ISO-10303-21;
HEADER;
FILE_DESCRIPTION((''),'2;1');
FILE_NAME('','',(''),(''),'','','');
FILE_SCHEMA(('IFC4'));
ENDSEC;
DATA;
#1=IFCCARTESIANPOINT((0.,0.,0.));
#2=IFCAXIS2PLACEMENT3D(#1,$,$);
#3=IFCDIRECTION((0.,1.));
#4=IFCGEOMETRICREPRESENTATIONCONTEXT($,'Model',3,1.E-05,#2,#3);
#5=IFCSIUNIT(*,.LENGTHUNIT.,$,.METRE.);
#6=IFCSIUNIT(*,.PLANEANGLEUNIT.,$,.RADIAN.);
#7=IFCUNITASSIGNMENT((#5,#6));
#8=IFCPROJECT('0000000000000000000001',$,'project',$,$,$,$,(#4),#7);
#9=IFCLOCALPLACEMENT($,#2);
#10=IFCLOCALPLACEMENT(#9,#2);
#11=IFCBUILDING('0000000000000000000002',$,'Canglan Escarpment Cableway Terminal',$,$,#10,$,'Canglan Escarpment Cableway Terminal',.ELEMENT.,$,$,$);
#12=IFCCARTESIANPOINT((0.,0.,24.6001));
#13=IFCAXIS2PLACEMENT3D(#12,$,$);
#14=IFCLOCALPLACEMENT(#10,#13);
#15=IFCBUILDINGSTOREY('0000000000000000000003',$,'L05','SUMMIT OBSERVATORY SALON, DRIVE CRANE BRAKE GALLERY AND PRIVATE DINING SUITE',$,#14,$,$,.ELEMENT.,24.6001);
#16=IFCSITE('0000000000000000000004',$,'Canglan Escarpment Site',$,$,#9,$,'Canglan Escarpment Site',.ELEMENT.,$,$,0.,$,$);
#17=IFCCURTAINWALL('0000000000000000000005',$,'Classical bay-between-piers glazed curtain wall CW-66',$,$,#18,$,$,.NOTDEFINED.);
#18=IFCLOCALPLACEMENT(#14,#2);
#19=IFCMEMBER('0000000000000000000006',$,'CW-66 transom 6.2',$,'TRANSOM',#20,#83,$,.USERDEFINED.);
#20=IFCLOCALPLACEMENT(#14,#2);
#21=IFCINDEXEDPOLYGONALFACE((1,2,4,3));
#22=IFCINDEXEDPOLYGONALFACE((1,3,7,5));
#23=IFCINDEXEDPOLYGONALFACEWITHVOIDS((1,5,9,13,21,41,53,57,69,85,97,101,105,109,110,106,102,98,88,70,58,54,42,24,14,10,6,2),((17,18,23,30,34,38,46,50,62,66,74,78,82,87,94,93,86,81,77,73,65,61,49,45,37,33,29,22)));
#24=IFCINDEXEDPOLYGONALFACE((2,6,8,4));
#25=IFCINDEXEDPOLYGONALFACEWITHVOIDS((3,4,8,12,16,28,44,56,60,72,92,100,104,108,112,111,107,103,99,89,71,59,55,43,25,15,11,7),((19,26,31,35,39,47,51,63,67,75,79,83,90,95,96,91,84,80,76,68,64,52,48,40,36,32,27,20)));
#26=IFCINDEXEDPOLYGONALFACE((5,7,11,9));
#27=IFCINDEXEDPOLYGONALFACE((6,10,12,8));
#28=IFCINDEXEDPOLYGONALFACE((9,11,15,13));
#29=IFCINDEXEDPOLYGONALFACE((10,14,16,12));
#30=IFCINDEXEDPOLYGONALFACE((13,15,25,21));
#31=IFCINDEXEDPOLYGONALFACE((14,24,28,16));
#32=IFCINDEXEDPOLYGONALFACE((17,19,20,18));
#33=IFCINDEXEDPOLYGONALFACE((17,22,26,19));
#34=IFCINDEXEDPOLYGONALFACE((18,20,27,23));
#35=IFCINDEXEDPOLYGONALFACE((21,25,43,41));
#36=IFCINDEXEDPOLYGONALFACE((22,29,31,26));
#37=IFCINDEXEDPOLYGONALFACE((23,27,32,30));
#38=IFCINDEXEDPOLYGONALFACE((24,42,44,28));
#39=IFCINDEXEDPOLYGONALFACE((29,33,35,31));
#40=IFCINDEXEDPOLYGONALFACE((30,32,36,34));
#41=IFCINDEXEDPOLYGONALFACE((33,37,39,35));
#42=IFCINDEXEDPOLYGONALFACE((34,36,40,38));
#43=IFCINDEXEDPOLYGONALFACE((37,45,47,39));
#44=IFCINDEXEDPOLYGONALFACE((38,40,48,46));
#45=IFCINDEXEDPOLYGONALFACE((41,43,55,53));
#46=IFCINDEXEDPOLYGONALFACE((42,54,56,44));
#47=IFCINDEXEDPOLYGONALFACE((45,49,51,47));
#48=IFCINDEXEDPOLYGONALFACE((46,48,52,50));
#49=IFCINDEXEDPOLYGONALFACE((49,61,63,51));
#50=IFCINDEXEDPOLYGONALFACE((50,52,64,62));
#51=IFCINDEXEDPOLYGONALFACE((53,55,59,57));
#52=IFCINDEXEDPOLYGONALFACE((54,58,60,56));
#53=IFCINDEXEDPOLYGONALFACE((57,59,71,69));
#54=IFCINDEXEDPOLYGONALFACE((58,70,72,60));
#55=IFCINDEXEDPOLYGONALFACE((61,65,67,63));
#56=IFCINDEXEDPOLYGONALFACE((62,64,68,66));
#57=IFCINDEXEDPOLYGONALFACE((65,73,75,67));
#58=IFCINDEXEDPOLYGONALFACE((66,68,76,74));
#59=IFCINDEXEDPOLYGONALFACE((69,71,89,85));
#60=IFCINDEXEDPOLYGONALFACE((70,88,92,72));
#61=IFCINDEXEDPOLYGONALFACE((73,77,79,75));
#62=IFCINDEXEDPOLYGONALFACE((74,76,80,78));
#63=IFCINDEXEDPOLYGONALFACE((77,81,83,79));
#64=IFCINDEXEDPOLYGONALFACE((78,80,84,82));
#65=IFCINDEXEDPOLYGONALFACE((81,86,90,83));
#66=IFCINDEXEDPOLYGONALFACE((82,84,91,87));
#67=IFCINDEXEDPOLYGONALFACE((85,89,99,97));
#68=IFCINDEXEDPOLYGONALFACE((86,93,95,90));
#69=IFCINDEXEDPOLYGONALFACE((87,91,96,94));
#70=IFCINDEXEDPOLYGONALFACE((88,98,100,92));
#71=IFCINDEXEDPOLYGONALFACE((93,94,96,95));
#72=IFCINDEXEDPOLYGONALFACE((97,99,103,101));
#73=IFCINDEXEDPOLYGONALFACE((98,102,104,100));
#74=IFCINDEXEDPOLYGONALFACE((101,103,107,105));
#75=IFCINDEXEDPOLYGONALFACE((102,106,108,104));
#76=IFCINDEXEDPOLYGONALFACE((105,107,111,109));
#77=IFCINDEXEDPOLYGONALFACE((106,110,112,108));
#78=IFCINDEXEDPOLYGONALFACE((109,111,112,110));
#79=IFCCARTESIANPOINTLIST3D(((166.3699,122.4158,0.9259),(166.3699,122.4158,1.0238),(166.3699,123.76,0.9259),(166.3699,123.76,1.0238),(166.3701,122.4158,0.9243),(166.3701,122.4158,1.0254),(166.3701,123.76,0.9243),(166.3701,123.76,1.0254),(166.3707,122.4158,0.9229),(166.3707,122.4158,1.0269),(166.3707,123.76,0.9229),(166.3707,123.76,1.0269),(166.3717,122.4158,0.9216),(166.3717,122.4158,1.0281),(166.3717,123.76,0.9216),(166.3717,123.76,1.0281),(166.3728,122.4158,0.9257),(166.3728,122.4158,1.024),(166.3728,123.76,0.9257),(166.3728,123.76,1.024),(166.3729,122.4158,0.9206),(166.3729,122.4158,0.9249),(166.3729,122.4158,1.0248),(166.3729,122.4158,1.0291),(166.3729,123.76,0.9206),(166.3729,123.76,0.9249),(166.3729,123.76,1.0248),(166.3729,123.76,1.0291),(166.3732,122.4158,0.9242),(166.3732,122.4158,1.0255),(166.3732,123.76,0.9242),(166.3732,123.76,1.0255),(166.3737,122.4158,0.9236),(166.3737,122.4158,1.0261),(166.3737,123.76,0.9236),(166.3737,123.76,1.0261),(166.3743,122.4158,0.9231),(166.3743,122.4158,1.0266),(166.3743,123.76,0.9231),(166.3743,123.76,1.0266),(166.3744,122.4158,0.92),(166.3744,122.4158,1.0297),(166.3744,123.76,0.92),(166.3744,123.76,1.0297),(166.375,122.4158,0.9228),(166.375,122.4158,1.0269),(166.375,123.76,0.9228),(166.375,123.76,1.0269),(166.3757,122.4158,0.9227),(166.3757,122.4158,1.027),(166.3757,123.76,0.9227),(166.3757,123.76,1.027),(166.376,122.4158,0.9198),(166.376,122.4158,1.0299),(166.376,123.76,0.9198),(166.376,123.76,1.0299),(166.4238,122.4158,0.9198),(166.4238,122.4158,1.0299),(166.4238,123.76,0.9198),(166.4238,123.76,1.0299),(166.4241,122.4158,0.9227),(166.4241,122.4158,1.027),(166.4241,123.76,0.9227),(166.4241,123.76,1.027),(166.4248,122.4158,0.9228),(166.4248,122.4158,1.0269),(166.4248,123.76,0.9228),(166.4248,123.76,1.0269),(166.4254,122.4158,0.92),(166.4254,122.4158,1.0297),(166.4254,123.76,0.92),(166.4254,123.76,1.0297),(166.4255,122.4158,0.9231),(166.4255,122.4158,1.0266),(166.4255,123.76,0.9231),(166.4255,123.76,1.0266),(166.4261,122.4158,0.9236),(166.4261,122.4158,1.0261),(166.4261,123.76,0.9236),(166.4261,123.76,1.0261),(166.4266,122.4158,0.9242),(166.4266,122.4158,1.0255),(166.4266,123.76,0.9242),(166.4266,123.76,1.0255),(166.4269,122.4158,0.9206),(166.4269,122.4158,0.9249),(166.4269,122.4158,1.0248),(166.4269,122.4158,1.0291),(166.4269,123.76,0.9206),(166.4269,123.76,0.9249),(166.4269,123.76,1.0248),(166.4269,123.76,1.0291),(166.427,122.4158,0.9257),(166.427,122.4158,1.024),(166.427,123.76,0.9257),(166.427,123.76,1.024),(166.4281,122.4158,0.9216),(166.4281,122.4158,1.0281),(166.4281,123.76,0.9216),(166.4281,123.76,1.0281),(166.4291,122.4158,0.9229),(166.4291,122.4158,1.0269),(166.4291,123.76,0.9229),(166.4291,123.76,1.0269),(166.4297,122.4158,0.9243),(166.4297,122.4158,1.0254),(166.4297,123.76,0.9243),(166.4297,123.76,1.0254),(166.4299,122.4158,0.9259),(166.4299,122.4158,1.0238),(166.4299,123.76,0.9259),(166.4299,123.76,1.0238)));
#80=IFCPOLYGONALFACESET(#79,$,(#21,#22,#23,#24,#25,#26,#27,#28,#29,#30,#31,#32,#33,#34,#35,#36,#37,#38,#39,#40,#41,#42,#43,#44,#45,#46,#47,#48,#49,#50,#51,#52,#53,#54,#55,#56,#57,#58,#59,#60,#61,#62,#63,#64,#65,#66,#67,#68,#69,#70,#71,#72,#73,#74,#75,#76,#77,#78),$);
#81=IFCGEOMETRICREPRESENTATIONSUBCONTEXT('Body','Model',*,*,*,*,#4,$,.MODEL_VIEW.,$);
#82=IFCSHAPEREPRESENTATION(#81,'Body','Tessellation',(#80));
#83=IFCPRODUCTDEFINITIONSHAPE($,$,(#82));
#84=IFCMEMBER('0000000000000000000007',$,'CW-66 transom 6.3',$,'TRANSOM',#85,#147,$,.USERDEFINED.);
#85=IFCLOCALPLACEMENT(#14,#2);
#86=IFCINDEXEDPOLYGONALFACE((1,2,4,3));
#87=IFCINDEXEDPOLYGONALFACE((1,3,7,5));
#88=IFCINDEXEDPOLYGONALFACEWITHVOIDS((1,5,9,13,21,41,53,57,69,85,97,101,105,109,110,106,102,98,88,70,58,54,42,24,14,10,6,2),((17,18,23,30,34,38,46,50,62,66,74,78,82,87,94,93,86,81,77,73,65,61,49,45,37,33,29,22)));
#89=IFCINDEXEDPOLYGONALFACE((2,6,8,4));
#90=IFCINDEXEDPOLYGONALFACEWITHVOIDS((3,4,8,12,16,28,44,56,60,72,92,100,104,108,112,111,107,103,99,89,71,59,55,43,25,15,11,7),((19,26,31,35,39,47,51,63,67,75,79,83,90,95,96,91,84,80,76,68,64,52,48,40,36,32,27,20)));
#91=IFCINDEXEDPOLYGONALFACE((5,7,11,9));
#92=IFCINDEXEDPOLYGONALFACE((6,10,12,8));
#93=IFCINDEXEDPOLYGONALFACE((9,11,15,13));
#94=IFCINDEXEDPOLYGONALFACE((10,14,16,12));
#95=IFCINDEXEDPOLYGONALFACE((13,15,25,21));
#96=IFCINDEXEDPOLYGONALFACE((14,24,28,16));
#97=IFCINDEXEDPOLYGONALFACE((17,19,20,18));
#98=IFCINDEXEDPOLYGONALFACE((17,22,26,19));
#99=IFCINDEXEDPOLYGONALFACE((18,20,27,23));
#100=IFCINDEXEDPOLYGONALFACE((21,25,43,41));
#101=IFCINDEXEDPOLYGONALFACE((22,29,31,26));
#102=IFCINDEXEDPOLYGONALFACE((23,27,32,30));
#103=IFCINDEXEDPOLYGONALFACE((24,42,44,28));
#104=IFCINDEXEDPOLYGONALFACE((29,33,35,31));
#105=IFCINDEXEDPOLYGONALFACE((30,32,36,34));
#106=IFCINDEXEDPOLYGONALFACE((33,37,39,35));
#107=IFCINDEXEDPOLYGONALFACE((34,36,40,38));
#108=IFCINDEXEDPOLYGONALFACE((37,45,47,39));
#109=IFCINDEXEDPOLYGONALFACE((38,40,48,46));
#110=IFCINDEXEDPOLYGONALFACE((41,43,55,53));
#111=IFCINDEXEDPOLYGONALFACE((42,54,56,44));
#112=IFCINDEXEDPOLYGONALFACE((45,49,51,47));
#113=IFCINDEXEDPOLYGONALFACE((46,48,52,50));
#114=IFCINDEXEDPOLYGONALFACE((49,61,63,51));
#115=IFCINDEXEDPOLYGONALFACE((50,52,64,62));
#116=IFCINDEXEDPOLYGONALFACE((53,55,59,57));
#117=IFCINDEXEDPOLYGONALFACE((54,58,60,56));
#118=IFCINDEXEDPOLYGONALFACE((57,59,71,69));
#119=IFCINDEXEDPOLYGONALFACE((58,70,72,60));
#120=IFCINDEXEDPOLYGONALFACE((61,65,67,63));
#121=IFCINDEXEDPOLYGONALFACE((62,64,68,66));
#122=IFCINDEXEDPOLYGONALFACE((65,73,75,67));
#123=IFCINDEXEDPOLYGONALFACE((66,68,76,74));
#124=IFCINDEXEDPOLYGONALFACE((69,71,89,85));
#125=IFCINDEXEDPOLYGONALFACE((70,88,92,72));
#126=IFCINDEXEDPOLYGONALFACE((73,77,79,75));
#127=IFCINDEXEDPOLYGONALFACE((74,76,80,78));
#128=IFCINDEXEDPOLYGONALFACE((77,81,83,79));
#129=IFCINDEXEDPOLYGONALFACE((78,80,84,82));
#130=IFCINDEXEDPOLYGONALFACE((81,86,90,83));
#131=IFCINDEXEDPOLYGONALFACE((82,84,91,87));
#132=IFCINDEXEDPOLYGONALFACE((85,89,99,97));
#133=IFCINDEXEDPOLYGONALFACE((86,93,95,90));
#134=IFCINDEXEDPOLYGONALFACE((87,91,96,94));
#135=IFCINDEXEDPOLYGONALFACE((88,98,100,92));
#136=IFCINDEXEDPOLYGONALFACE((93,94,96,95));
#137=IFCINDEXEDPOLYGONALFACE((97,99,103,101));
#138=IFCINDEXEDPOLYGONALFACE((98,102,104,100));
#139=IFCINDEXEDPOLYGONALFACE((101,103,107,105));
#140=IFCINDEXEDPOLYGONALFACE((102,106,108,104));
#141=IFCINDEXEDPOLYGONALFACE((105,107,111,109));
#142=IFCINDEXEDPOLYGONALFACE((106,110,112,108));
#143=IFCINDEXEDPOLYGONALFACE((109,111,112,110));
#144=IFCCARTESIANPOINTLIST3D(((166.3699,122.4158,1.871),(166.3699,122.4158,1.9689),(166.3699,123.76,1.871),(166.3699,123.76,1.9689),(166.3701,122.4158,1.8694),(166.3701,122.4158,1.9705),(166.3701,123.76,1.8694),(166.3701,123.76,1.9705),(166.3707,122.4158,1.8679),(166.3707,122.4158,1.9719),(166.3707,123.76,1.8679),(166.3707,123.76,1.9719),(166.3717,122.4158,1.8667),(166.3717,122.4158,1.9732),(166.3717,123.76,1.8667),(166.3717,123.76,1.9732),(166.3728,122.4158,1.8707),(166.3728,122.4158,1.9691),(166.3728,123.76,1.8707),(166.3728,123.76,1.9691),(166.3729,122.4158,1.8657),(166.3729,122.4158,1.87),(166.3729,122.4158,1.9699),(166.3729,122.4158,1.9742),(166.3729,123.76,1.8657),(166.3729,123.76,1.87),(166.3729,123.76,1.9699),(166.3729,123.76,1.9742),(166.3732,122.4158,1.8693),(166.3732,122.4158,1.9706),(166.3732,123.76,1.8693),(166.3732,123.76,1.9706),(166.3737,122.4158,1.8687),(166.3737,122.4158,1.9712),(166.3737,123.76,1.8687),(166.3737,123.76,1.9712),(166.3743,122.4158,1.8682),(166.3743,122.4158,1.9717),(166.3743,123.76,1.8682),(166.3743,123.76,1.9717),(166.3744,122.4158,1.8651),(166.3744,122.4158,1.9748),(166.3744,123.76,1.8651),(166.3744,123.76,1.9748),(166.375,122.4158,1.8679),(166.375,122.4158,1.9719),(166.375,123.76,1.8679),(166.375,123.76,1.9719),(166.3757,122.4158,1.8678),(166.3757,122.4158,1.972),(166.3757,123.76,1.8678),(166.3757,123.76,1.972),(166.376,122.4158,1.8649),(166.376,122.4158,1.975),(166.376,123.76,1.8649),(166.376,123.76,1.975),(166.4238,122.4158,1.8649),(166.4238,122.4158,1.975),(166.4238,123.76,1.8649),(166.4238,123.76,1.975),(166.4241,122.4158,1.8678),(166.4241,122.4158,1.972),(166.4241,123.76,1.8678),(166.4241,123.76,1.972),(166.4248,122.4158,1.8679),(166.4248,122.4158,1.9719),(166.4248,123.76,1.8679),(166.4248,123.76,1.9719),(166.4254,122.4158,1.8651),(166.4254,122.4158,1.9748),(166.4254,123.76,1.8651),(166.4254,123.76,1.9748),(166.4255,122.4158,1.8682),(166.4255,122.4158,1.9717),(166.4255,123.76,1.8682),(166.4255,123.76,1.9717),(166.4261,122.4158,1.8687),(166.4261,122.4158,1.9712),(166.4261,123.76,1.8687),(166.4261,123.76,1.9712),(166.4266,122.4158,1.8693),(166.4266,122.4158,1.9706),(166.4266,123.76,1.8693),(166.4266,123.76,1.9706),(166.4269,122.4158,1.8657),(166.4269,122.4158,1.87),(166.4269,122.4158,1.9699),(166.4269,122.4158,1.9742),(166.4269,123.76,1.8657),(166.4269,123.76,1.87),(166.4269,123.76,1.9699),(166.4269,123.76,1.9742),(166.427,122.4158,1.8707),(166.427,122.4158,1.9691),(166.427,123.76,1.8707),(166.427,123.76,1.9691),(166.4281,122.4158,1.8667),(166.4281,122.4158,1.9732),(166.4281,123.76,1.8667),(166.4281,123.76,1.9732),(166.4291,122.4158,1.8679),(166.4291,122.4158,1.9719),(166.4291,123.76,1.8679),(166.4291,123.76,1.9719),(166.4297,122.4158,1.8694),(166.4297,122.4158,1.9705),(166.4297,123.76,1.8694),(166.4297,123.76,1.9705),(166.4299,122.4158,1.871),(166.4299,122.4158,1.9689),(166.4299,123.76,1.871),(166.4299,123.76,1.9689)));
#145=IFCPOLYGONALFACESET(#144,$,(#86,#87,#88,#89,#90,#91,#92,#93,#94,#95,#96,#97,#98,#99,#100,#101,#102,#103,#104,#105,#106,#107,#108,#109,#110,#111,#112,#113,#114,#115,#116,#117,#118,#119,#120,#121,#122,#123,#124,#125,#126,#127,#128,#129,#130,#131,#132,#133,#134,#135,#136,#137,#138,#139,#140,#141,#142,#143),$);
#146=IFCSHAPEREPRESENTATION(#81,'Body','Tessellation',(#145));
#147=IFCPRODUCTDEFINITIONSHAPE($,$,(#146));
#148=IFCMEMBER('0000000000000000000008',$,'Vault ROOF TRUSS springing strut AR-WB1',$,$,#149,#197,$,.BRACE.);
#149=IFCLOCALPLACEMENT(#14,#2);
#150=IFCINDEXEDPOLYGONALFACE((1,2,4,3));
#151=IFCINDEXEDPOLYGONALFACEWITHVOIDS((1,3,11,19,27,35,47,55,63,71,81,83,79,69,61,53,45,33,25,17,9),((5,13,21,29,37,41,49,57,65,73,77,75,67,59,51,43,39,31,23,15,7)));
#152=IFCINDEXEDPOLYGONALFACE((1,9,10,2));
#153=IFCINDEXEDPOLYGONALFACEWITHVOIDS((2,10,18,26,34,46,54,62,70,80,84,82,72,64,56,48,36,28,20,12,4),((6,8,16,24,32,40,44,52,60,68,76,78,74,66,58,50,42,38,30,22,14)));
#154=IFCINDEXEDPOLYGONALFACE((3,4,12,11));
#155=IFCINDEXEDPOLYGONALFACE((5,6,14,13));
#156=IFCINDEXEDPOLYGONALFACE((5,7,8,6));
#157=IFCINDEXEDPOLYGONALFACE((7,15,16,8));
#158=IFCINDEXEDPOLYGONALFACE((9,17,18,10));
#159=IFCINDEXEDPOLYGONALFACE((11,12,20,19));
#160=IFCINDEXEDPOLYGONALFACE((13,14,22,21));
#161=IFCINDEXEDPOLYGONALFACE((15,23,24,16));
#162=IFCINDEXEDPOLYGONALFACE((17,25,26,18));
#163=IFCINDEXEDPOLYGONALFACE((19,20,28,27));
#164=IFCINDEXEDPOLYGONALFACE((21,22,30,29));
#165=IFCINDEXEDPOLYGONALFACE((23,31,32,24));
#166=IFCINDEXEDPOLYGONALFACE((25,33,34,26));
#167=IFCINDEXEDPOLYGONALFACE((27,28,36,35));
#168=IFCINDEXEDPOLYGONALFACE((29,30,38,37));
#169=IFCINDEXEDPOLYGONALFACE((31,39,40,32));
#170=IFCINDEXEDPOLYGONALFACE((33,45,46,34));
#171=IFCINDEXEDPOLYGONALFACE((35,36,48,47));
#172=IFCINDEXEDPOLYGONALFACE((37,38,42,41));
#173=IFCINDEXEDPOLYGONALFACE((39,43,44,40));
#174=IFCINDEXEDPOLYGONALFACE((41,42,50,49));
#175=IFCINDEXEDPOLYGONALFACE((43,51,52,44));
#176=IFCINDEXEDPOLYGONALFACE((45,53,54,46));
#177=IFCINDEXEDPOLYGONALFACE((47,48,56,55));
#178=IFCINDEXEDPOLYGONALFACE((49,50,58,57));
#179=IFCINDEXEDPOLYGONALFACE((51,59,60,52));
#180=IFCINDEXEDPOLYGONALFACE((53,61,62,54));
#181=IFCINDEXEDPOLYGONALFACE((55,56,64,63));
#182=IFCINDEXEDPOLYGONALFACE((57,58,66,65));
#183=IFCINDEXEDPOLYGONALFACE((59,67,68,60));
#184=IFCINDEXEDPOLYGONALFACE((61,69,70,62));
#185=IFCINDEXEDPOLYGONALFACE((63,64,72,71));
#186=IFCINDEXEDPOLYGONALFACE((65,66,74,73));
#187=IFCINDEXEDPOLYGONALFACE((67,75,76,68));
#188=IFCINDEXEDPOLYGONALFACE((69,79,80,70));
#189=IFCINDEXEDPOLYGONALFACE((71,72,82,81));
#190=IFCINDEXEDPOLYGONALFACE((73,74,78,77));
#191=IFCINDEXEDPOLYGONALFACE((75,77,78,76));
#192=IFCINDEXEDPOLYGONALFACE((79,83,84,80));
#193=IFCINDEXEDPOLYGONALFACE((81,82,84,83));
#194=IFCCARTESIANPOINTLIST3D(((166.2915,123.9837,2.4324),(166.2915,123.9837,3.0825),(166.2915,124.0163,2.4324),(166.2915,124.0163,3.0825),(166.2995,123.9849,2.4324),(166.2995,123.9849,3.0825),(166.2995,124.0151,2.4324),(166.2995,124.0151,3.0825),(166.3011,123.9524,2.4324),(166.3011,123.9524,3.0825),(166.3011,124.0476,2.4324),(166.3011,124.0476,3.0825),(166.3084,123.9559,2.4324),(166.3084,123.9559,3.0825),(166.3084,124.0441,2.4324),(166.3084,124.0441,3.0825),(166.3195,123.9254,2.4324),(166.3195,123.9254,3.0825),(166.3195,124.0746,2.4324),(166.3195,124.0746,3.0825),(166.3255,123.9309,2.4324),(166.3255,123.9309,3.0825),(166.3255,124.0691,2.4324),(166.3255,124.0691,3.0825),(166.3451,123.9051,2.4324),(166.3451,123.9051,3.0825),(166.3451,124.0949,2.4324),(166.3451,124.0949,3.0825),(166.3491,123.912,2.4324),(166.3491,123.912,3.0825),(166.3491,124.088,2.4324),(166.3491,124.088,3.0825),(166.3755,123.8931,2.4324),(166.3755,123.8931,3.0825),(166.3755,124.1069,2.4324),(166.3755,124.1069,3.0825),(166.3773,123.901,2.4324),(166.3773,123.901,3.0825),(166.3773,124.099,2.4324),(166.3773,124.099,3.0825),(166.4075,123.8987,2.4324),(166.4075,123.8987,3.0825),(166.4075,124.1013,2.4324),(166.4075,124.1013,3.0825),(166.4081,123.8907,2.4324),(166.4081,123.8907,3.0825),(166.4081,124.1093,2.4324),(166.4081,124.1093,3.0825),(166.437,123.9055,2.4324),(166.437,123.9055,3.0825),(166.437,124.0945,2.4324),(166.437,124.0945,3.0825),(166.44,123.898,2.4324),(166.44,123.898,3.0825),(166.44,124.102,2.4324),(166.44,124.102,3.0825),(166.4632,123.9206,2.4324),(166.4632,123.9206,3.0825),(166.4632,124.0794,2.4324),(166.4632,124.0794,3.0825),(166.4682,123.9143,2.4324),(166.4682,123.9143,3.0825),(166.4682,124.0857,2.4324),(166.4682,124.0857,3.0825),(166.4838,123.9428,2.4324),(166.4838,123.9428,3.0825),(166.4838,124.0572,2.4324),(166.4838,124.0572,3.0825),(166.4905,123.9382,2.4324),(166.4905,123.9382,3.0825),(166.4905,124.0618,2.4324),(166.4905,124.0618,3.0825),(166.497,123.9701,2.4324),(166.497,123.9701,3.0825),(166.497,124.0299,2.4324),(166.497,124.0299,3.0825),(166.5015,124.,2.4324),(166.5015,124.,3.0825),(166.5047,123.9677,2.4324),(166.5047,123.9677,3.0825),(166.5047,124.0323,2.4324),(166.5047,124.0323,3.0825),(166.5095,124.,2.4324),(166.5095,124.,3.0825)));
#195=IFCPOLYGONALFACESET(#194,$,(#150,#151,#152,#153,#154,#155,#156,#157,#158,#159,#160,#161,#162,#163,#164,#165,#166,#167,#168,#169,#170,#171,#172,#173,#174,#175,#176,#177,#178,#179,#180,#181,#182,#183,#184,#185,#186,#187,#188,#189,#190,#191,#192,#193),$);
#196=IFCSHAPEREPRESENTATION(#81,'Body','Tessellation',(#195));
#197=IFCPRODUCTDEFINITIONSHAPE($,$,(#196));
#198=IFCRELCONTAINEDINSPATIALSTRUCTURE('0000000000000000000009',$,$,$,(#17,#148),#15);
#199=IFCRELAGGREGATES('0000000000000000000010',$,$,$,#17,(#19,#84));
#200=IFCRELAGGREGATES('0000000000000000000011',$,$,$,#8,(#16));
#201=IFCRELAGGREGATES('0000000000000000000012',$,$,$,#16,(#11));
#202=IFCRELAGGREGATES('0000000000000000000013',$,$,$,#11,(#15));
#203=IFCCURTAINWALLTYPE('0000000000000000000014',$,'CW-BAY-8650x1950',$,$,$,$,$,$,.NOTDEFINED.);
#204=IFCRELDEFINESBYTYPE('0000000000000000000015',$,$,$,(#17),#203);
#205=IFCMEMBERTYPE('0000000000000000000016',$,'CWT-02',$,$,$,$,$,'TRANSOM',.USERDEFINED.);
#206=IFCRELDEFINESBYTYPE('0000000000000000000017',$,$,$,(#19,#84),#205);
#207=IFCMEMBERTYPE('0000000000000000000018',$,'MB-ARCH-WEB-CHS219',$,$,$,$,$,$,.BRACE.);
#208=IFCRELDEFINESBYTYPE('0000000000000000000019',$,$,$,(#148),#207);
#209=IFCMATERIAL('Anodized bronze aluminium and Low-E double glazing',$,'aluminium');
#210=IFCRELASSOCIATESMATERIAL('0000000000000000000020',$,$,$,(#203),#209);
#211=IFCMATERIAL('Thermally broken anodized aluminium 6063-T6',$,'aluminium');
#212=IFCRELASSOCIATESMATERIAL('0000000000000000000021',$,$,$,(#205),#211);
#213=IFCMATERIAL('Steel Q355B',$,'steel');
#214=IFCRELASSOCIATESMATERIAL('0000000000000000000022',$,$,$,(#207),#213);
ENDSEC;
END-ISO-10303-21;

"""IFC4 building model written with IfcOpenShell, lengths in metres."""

from ifc_helpers import new_model, si_unit, direction, frame, origin, origin_2d, place, context, subcontext, project, spatial, hollow_rectangle, hollow_circle, extrude, material, material_profile, profile_set, type_object, element, aggregate, save


model = new_model("IFC4")

# Units and contexts
model_context = context("Model", 3, precision=1e-05, world=origin(), true_north=direction((0.0, 1.0)))
body_context = subcontext(model_context, "Body", "Model", "MODEL_VIEW")
ifc_project = project(units=[si_unit("LENGTHUNIT", "METRE"), si_unit("PLANEANGLEUNIT", "RADIAN")], contexts=[model_context])

# Site, building, storey
site_placement = place(None, origin())
site = spatial("IfcSite", under=ifc_project, at=site_placement, Name="Canglan Escarpment Site", LongName="Canglan Escarpment Site", CompositionType="ELEMENT", RefElevation=0.0)
building_placement = place(site_placement, origin())
building = spatial("IfcBuilding", under=site, at=building_placement, Name="Canglan Escarpment Cableway Terminal", LongName="Canglan Escarpment Cableway Terminal", CompositionType="ELEMENT")
storey_placement = place(building_placement, frame((0.0, 0.0, 24.6001)))
storey = spatial("IfcBuildingStorey", under=building, at=storey_placement, Name="L05", Description="SUMMIT OBSERVATORY SALON, DRIVE CRANE BRAKE GALLERY AND PRIVATE DINING SUITE", CompositionType="ELEMENT", Elevation=24.6001)

# Curtain wall, members
ifc_material_1 = material(Name="Anodized bronze aluminium and Low-E double glazing", Category="aluminium")
curtain_wall_type = type_object("IfcCurtainWallType", Name="CW-BAY-8650x1950", PredefinedType="NOTDEFINED", material=ifc_material_1)
curtain_wall_placement = place(storey_placement, origin())
curtain_wall = element("IfcCurtainWall", 1, at=curtain_wall_placement, inside=storey, type_object=curtain_wall_type, Name="Classical bay-between-piers glazed curtain wall CW-66", PredefinedType="NOTDEFINED")
ifc_material_2 = material(Name="Thermally broken anodized aluminium 6063-T6", Category="aluminium")
ifc_material_profile_1 = material_profile(ifc_material_2, hollow_rectangle(XDim=0.0601, YDim=0.1101, WallThickness=0.0029, InnerFilletRadius=0.0029, OuterFilletRadius=0.0061, at=origin_2d()), Name="ALU-TRAN 60x110x3")
ifc_profile_set_1 = profile_set([ifc_material_profile_1], Name="Thermally broken anodized aluminium 6063-T6")
member_type_1 = type_object("IfcMemberType", Name="CWT-02", ElementType="TRANSOM", PredefinedType="USERDEFINED", material=ifc_profile_set_1)
member_1_placement = place(storey_placement, frame((166.3999, 122.4158, 0.9749), z_axis=(0.0, 1.0, 0.0), x_axis=(-1.0, 0.0, 0.0)))
member_1 = element("IfcMember", 2, at=member_1_placement, type_object=member_type_1, Name="CW-66 transom 6.2", ObjectType="TRANSOM", PredefinedType="USERDEFINED", context=body_context, shape_type="SweptSolid", body=[
    extrude(hollow_rectangle(XDim=0.0601, YDim=0.1101, WallThickness=0.0029, InnerFilletRadius=0.0029, OuterFilletRadius=0.0061, at=origin_2d()), origin(), (0.0, 0.0, 1.0), 1.3442),
])
member_2_placement = place(storey_placement, frame((166.3999, 122.4158, 1.9199), z_axis=(0.0, 1.0, 0.0), x_axis=(-1.0, 0.0, 0.0)))
member_2 = element("IfcMember", 3, at=member_2_placement, type_object=member_type_1, Name="CW-66 transom 6.3", ObjectType="TRANSOM", PredefinedType="USERDEFINED", context=body_context, shape_type="SweptSolid", body=[
    extrude(hollow_rectangle(XDim=0.0601, YDim=0.1101, WallThickness=0.0029, InnerFilletRadius=0.0029, OuterFilletRadius=0.0061, at=origin_2d()), origin(), (0.0, 0.0, 1.0), 1.3442),
])

# Member
ifc_material_3 = material(Name="Steel Q355B", Category="steel")
ifc_material_profile_2 = material_profile(ifc_material_3, hollow_circle(Radius=0.1096, WallThickness=0.0081, at=origin_2d()), Name="CHS 219.1x8")
ifc_profile_set_2 = profile_set([ifc_material_profile_2], Name="Steel Q355B")
member_type_2 = type_object("IfcMemberType", Name="MB-ARCH-WEB-CHS219", PredefinedType="BRACE", material=ifc_profile_set_2)
member_3_placement = place(storey_placement, frame((166.3999, 124.0, 2.4324), z_axis=(0.0, 0.0, 1.0), x_axis=(1.0, 0.0, 0.0)))
element("IfcMember", 4, at=member_3_placement, inside=storey, type_object=member_type_2, Name="Vault ROOF TRUSS springing strut AR-WB1", PredefinedType="BRACE", context=body_context, shape_type="SweptSolid", body=[
    extrude(hollow_circle(Radius=0.1096, WallThickness=0.0081, at=origin_2d()), origin(), (0.0, 0.0, 1.0), 0.6501),
])

aggregate(curtain_wall, [member_1, member_2])

save(model, "model.ifc")
